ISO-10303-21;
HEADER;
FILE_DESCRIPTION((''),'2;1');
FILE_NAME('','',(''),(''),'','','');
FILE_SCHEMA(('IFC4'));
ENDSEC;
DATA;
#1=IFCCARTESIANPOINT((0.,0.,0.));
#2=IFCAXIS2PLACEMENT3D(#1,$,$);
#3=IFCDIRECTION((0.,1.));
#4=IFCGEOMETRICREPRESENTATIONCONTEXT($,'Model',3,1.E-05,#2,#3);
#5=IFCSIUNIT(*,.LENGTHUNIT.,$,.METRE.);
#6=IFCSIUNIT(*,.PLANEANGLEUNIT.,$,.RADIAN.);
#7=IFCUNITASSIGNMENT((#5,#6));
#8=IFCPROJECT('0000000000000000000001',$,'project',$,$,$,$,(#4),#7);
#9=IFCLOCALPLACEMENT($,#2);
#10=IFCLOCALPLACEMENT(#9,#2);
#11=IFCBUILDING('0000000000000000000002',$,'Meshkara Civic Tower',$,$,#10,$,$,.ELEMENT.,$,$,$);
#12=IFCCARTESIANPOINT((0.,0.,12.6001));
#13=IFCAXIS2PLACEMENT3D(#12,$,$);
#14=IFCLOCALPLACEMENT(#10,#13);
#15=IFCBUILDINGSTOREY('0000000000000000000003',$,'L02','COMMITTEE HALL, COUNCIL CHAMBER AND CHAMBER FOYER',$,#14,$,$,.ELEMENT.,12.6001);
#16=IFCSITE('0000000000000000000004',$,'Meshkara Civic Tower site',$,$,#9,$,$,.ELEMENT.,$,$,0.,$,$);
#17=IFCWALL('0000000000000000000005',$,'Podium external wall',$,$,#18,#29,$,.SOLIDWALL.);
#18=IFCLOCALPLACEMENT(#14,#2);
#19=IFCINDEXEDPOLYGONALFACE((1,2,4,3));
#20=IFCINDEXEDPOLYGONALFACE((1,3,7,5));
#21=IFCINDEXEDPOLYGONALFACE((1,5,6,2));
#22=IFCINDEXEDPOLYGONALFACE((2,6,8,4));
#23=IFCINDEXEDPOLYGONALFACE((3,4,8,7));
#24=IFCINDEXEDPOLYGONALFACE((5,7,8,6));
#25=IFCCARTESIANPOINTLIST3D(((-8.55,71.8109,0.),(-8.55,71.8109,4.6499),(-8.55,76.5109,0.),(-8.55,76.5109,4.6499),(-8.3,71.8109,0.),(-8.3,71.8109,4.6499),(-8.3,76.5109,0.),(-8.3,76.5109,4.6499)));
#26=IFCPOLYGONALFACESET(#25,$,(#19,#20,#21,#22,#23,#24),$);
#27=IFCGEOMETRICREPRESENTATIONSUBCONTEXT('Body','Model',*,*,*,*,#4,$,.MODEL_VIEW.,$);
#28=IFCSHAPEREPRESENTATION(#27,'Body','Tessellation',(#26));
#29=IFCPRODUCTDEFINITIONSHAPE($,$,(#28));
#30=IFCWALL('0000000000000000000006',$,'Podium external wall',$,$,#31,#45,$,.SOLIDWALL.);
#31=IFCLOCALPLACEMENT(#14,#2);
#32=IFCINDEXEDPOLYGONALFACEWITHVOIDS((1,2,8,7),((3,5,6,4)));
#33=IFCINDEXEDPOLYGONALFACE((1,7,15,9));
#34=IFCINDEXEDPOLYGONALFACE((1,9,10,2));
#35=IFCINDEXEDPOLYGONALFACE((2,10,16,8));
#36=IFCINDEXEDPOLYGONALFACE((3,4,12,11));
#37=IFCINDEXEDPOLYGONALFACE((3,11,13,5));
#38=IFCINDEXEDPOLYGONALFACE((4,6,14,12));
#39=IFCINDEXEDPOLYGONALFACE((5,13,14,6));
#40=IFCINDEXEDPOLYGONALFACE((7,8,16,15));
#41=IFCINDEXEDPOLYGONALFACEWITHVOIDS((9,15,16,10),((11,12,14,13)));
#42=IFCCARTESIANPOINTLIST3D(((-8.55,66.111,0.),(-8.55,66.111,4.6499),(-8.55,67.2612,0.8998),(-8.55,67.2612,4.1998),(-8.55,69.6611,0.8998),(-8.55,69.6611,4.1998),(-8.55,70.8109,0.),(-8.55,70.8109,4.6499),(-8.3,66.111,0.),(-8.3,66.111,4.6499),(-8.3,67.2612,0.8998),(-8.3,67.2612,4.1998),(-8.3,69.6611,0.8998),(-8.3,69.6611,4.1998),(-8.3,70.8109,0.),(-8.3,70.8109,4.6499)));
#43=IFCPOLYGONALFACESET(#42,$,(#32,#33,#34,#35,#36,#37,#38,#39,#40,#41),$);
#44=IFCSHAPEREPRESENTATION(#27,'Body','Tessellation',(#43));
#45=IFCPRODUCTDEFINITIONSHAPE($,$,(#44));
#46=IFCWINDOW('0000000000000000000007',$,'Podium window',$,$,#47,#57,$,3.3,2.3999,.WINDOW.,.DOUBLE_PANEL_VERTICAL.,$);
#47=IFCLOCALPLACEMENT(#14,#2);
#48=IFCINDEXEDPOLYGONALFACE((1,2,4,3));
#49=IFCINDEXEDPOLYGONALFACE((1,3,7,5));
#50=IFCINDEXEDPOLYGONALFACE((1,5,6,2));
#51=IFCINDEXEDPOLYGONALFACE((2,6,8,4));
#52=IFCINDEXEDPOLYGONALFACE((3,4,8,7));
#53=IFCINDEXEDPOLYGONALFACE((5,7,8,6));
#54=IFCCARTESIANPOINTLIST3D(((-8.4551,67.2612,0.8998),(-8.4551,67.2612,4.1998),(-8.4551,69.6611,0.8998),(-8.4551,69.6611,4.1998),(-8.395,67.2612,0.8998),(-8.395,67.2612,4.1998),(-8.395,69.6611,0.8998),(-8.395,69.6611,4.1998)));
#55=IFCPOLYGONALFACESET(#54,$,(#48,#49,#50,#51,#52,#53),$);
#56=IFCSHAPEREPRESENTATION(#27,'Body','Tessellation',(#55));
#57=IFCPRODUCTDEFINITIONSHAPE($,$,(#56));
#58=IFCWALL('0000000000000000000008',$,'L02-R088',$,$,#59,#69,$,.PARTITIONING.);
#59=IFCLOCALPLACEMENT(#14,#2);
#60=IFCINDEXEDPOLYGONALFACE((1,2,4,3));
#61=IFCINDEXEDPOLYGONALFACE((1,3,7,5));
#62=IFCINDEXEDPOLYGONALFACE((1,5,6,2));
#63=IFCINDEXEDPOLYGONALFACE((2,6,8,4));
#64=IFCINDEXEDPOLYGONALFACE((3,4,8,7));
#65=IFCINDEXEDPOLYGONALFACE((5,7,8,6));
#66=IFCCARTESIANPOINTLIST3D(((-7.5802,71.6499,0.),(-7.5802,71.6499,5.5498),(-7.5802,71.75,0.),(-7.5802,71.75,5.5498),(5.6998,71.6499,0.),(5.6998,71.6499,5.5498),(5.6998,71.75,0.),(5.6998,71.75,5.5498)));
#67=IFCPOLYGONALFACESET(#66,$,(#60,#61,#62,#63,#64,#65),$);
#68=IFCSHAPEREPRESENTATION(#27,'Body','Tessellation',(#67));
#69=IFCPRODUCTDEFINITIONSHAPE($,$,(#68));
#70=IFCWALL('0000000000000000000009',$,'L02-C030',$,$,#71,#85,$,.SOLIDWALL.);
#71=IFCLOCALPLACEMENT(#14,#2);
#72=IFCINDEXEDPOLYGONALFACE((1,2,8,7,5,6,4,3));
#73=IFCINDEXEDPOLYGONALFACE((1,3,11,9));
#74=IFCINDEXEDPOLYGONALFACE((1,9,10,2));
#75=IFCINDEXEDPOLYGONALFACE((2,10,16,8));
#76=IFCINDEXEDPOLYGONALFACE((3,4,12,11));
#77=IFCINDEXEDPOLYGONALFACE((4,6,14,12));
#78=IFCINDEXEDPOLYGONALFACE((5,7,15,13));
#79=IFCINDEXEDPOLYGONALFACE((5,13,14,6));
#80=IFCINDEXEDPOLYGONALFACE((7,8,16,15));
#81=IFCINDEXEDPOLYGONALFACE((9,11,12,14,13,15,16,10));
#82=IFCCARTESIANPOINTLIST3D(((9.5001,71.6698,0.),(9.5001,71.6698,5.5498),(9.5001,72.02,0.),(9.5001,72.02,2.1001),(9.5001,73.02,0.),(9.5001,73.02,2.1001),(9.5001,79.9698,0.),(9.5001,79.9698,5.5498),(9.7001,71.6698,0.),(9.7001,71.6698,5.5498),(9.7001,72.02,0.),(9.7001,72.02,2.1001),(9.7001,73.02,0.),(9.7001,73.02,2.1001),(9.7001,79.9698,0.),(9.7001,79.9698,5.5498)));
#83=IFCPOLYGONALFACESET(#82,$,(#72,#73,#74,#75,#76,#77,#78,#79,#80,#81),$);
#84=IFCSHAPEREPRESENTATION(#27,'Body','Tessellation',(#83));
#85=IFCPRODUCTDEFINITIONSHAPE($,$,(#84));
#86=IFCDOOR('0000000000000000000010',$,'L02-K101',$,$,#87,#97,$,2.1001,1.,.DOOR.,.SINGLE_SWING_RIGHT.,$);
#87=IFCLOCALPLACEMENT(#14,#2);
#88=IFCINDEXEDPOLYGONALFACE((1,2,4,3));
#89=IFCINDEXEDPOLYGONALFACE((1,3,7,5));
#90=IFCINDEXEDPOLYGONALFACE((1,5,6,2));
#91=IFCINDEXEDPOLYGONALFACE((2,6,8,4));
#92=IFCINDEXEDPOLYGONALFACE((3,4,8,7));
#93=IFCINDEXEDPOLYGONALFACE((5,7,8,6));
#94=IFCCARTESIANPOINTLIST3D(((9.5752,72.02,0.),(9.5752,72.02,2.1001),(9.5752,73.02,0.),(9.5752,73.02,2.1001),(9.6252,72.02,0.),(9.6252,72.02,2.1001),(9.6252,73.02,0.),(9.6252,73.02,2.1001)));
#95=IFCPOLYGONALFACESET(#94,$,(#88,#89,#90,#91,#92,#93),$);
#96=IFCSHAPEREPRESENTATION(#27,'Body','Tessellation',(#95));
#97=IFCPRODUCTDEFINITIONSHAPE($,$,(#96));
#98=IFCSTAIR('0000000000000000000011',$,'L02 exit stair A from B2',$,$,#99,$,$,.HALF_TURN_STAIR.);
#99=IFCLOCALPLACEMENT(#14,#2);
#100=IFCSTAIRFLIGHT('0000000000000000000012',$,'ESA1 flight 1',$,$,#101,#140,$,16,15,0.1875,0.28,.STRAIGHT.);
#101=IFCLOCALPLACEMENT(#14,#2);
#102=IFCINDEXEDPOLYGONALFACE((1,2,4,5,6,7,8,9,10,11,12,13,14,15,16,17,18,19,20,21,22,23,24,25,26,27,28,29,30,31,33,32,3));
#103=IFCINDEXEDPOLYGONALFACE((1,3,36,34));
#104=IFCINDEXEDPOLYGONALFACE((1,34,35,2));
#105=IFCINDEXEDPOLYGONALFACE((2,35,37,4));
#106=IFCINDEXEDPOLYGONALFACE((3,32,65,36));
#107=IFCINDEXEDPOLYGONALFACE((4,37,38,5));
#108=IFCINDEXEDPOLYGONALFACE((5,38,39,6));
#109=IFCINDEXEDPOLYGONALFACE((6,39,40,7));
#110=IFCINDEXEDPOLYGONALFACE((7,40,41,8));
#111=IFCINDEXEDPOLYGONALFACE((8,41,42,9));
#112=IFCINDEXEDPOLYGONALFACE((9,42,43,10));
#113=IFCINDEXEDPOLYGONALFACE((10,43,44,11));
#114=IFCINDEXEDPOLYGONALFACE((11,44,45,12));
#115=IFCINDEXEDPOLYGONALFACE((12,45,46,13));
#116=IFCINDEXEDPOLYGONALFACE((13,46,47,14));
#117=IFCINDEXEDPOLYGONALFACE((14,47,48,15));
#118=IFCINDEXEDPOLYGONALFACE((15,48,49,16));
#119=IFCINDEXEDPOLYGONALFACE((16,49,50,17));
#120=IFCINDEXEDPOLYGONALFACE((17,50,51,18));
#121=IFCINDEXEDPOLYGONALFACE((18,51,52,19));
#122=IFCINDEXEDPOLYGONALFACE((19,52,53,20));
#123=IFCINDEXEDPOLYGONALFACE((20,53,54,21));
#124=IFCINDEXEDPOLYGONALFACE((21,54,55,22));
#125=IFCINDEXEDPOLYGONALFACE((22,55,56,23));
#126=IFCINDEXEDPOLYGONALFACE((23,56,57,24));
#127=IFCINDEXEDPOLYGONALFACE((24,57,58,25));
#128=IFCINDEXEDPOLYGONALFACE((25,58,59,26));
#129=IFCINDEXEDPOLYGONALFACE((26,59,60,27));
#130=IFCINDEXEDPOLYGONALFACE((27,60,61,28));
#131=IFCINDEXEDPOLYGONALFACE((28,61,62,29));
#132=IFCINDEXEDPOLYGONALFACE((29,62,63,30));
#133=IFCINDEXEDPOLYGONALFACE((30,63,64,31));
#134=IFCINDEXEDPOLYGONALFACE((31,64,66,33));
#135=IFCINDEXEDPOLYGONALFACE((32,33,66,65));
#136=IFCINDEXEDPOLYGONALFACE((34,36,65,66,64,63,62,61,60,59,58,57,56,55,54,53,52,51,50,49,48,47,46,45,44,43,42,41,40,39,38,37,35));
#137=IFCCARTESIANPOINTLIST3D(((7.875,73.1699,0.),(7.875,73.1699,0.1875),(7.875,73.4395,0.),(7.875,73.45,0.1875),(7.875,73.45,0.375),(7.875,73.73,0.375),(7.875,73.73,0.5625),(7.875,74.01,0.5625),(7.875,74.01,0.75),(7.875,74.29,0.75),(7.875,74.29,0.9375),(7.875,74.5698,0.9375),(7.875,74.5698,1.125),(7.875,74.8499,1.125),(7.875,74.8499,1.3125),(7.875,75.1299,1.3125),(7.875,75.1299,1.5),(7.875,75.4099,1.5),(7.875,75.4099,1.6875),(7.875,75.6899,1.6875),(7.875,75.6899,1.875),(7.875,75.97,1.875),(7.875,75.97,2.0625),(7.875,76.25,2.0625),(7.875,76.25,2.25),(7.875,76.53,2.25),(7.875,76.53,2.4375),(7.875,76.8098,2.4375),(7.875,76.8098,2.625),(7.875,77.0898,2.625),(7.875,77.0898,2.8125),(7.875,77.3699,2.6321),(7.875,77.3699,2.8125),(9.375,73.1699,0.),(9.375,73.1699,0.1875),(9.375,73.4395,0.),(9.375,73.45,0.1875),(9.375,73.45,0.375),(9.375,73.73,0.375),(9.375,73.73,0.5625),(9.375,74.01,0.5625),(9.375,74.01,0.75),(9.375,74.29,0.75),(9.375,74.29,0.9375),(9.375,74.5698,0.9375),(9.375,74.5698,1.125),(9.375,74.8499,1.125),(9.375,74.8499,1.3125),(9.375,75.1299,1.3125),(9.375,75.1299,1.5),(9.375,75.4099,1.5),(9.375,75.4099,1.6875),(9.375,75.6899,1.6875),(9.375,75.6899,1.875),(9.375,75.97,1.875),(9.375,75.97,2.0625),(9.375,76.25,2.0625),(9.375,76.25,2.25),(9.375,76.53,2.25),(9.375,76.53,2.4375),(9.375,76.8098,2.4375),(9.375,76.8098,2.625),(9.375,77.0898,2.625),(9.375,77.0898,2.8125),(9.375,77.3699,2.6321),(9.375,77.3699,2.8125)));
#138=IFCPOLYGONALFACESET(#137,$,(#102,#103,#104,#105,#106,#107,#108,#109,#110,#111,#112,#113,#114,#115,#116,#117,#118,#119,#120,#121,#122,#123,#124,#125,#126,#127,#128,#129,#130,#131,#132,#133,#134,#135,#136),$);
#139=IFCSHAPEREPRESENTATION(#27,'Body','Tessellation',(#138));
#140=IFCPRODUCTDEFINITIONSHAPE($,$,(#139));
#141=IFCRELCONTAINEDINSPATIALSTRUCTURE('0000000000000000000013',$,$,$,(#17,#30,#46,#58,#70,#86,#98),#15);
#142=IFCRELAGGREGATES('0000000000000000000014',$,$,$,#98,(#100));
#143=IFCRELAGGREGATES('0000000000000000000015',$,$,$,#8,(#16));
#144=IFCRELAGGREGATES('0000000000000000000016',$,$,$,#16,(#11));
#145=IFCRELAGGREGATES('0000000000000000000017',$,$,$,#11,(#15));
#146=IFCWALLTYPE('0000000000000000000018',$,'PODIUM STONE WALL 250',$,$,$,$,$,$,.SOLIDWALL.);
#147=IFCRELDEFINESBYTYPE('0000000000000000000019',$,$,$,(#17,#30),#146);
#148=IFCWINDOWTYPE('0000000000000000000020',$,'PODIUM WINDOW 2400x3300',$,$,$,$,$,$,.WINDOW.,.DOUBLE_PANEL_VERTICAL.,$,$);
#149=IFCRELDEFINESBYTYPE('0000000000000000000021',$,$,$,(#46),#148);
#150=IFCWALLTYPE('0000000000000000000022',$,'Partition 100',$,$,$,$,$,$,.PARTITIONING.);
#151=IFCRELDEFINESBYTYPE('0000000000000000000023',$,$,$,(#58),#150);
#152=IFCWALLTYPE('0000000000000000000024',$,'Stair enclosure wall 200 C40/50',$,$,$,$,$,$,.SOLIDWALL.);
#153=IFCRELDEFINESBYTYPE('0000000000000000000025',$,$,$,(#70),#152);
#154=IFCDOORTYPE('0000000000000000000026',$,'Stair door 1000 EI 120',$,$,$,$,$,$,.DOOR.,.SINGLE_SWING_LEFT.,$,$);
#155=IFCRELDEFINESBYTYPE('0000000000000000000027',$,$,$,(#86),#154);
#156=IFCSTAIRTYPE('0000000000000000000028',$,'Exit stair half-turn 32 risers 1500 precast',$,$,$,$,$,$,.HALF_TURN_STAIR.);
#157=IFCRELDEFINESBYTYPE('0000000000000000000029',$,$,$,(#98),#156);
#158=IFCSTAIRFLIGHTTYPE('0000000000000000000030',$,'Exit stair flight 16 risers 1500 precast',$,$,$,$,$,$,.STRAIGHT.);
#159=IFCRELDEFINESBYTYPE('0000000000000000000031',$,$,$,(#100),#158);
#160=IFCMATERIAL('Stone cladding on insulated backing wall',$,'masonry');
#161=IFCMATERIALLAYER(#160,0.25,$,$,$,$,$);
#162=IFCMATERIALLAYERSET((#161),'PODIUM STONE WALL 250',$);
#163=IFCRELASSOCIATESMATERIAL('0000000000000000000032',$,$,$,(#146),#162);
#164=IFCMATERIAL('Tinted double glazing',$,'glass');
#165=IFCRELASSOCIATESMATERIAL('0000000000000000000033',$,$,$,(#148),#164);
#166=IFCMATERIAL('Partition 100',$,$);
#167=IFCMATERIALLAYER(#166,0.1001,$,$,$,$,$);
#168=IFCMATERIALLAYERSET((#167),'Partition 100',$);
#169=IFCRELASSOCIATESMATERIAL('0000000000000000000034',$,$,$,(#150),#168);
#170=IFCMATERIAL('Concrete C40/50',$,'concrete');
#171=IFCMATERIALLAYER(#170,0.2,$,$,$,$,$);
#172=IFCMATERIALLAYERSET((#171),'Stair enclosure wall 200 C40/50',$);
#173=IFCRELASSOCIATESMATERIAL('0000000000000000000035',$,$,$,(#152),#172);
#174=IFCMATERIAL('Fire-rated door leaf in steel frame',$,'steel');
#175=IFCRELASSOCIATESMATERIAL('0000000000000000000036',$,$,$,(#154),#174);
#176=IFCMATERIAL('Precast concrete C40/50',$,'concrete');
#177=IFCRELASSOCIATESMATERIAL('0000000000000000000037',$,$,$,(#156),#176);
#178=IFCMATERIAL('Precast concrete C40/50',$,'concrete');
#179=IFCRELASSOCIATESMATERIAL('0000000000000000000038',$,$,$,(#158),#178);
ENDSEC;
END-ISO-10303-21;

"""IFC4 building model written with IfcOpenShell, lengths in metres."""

from ifc_helpers import new_model, si_unit, direction, frame, frame_2d, origin, place, context, subcontext, project, spatial, polyline, rectangle, outline, extrude, material, layer, layer_set, type_object, element, fill, aggregate, save


model = new_model("IFC4")

# Units and contexts
model_context = context("Model", 3, precision=1e-05, world=origin(), true_north=direction((0.0, 1.0)))
body_context = subcontext(model_context, "Body", "Model", "MODEL_VIEW")
ifc_project = project(units=[si_unit("LENGTHUNIT", "METRE"), si_unit("PLANEANGLEUNIT", "RADIAN")], contexts=[model_context])

# Site, building, storey
site_placement = place(None, origin())
site = spatial("IfcSite", under=ifc_project, at=site_placement, Name="Meshkara Civic Tower site", CompositionType="ELEMENT", RefElevation=0.0)
building_placement = place(site_placement, origin())
building = spatial("IfcBuilding", under=site, at=building_placement, Name="Meshkara Civic Tower", CompositionType="ELEMENT")
storey_placement = place(building_placement, frame((0.0, 0.0, 12.6001)))
storey = spatial("IfcBuildingStorey", under=building, at=storey_placement, Name="L02", Description="COMMITTEE HALL, COUNCIL CHAMBER AND CHAMBER FOYER", CompositionType="ELEMENT", Elevation=12.6001)

# Wall
ifc_material_1 = material(Name="Stone cladding on insulated backing wall", Category="masonry")
ifc_layer_1 = layer(ifc_material_1, 0.25)
ifc_layer_set_1 = layer_set([ifc_layer_1], Name="PODIUM STONE WALL 250")
wall_type_1 = type_object("IfcWallType", Name="PODIUM STONE WALL 250", PredefinedType="SOLIDWALL", material=ifc_layer_set_1)
wall_1_placement = place(storey_placement, frame((-8.425, 76.511, 0.0), z_axis=(0.0, 0.0, 1.0), x_axis=(0.0, -1.0, 0.0)))
element("IfcWall", 1, at=wall_1_placement, inside=storey, type_object=wall_type_1, Name="Podium external wall", PredefinedType="SOLIDWALL", context=body_context, shape_type="SweptSolid", body=[
    extrude(rectangle(XDim=4.7, YDim=0.25, at=frame_2d((2.3501, 0.0))), origin(), (0.0, 0.0, 1.0), 4.6499),
])

# Wall, opening, window
wall_2_placement = place(storey_placement, frame((-8.425, 70.811, 0.0), z_axis=(0.0, 0.0, 1.0), x_axis=(0.0, -1.0, 0.0)))
wall_2 = element("IfcWall", 2, at=wall_2_placement, inside=storey, type_object=wall_type_1, Name="Podium external wall", PredefinedType="SOLIDWALL", context=body_context, shape_type="SweptSolid", body=[
    extrude(rectangle(XDim=4.7, YDim=0.25, at=frame_2d((2.3501, 0.0))), origin(), (0.0, 0.0, 1.0), 4.6499),
])
opening_1_placement = place(wall_2_placement, frame((1.1499, 0.0, 0.8999)))
opening_1 = element("IfcOpeningElement", 3, at=opening_1_placement, cuts=wall_2, PredefinedType="OPENING", context=body_context, shape_type="SweptSolid", body=[
    extrude(rectangle(XDim=2.3999, YDim=3.3, at=frame_2d((1.2, 1.6499))), frame((0.0, 0.135, 0.0), z_axis=(0.0, -1.0, 0.0), x_axis=(1.0, 0.0, 0.0)), (0.0, 0.0, 1.0), 0.27),
])
ifc_material_2 = material(Name="Tinted double glazing", Category="glass")
window_type = type_object("IfcWindowType", Name="PODIUM WINDOW 2400x3300", PartitioningType="DOUBLE_PANEL_VERTICAL", PredefinedType="WINDOW", material=ifc_material_2)
window_placement = place(opening_1_placement, origin())
window = element("IfcWindow", 4, at=window_placement, inside=storey, type_object=window_type, Name="Podium window", OverallHeight=3.3, OverallWidth=2.3999, PartitioningType="DOUBLE_PANEL_VERTICAL", PredefinedType="WINDOW", context=body_context, shape_type="SweptSolid", body=[
    extrude(rectangle(XDim=2.3999, YDim=3.3, at=frame_2d((1.2, 1.6499))), frame((0.0, 0.03, 0.0), z_axis=(0.0, -1.0, 0.0), x_axis=(1.0, 0.0, 0.0)), (0.0, 0.0, 1.0), 0.0601),
])
fill(opening_1, window)

# Wall
ifc_material_3 = material(Name="Partition 100")
ifc_layer_2 = layer(ifc_material_3, 0.1001)
ifc_layer_set_2 = layer_set([ifc_layer_2], Name="Partition 100")
wall_type_2 = type_object("IfcWallType", Name="Partition 100", PredefinedType="PARTITIONING", material=ifc_layer_set_2)
wall_3_placement = place(storey_placement, frame((5.7, 71.7, 0.0), z_axis=(0.0, 0.0, 1.0), x_axis=(-1.0, 0.0, 0.0)))
element("IfcWall", 5, at=wall_3_placement, inside=storey, type_object=wall_type_2, Name="L02-R088", PredefinedType="PARTITIONING", context=body_context, shape_type="SweptSolid", body=[
    extrude(rectangle(XDim=13.28, YDim=0.1001, at=frame_2d((6.6401, 0.0))), origin(), (0.0, 0.0, 1.0), 5.5498),
])

# Wall, opening, door
ifc_material_4 = material(Name="Concrete C40/50", Category="concrete")
ifc_layer_3 = layer(ifc_material_4, 0.2)
ifc_layer_set_3 = layer_set([ifc_layer_3], Name="Stair enclosure wall 200 C40/50")
wall_type_3 = type_object("IfcWallType", Name="Stair enclosure wall 200 C40/50", PredefinedType="SOLIDWALL", material=ifc_layer_set_3)
wall_4_placement = place(storey_placement, frame((9.6001, 71.6699, 0.0), z_axis=(0.0, 0.0, 1.0), x_axis=(0.0, 1.0, 0.0)))
wall_4 = element("IfcWall", 6, at=wall_4_placement, inside=storey, type_object=wall_type_3, Name="L02-C030", PredefinedType="SOLIDWALL", context=body_context, shape_type="SweptSolid", body=[
    extrude(rectangle(XDim=8.3, YDim=0.2, at=frame_2d((4.1499, 0.0))), origin(), (0.0, 0.0, 1.0), 5.5498),
])
opening_2_placement = place(wall_4_placement, frame((0.3501, 0.0, 0.0)))
opening_2 = element("IfcOpeningElement", 7, at=opening_2_placement, cuts=wall_4, PredefinedType="OPENING", context=body_context, shape_type="SweptSolid", body=[
    extrude(rectangle(XDim=1.0, YDim=2.1001, at=frame_2d((0.5, 1.05))), frame((0.0, 0.1099, 0.0), z_axis=(0.0, -1.0, 0.0), x_axis=(1.0, 0.0, 0.0)), (0.0, 0.0, 1.0), 0.22),
])
ifc_material_5 = material(Name="Fire-rated door leaf in steel frame", Category="steel")
door_type_1 = type_object("IfcDoorType", Name="Stair door 1000 EI 120", OperationType="SINGLE_SWING_LEFT", PredefinedType="DOOR", material=ifc_material_5)
door_1_placement = place(opening_2_placement, origin())
door_1 = element("IfcDoor", 8, at=door_1_placement, inside=storey, type_object=door_type_1, Name="L02-K101", OperationType="SINGLE_SWING_RIGHT", OverallHeight=2.1001, OverallWidth=1.0, PredefinedType="DOOR", context=body_context, shape_type="SweptSolid", body=[
    extrude(rectangle(XDim=1.0, YDim=2.1001, at=frame_2d((0.5, 1.05))), frame((0.0, 0.0249, 0.0), z_axis=(0.0, -1.0, 0.0), x_axis=(1.0, 0.0, 0.0)), (0.0, 0.0, 1.0), 0.05),
])
fill(opening_2, door_1)

# Stair, stair flight
ifc_material_6 = material(Name="Precast concrete C40/50", Category="concrete")
stair_type = type_object("IfcStairType", Name="Exit stair half-turn 32 risers 1500 precast", PredefinedType="HALF_TURN_STAIR", material=ifc_material_6)
stair_placement = place(storey_placement, origin())
stair = element("IfcStair", 9, at=stair_placement, inside=storey, type_object=stair_type, Name="L02 exit stair A from B2", PredefinedType="HALF_TURN_STAIR")
ifc_material_7 = material(Name="Precast concrete C40/50", Category="concrete")
stair_flight_type = type_object("IfcStairFlightType", Name="Exit stair flight 16 risers 1500 precast", PredefinedType="STRAIGHT", material=ifc_material_7)
stair_flight_placement = place(storey_placement, frame((8.625, 73.1699, 0.0), z_axis=(0.0, 0.0, 1.0), x_axis=(0.0, 1.0, 0.0)))
stair_flight = element("IfcStairFlight", 10, at=stair_flight_placement, type_object=stair_flight_type, Name="ESA1 flight 1", NumberOfRisers=16, NumberOfTreads=15, PredefinedType="STRAIGHT", RiserHeight=0.1875, TreadLength=0.28, context=body_context, shape_type="SweptSolid", body=[
    extrude(outline(polyline([(0.0, 0.0), (0.0, 0.1875), (0.28, 0.1875), (0.28, 0.375), (0.5601, 0.375), (0.5601, 0.5625), (0.8401, 0.5625), (0.8401, 0.75), (1.1201, 0.75), (1.1201, 0.9375), (1.3999, 0.9375), (1.3999, 1.125), (1.6799, 1.125), (1.6799, 1.3125), (1.96, 1.3125), (1.96, 1.5), (2.24, 1.5), (2.24, 1.6875), (2.52, 1.6875), (2.52, 1.875), (2.8, 1.875), (2.8, 2.0625), (3.0801, 2.0625), (3.0801, 2.25), (3.3601, 2.25), (3.3601, 2.4375), (3.6399, 2.4375), (3.6399, 2.625), (3.9199, 2.625), (3.9199, 2.8125), (4.2, 2.8125), (4.2, 3.0), (4.2, 2.6321), (0.2695, 0.0), (0.0, 0.0)])), frame((0.0, 0.75, 0.0), z_axis=(0.0, -1.0, 0.0), x_axis=(1.0, 0.0, 0.0)), (0.0, 0.0, 1.0), 1.5),
])
aggregate(stair, [stair_flight])

save(model, "model.ifc")
